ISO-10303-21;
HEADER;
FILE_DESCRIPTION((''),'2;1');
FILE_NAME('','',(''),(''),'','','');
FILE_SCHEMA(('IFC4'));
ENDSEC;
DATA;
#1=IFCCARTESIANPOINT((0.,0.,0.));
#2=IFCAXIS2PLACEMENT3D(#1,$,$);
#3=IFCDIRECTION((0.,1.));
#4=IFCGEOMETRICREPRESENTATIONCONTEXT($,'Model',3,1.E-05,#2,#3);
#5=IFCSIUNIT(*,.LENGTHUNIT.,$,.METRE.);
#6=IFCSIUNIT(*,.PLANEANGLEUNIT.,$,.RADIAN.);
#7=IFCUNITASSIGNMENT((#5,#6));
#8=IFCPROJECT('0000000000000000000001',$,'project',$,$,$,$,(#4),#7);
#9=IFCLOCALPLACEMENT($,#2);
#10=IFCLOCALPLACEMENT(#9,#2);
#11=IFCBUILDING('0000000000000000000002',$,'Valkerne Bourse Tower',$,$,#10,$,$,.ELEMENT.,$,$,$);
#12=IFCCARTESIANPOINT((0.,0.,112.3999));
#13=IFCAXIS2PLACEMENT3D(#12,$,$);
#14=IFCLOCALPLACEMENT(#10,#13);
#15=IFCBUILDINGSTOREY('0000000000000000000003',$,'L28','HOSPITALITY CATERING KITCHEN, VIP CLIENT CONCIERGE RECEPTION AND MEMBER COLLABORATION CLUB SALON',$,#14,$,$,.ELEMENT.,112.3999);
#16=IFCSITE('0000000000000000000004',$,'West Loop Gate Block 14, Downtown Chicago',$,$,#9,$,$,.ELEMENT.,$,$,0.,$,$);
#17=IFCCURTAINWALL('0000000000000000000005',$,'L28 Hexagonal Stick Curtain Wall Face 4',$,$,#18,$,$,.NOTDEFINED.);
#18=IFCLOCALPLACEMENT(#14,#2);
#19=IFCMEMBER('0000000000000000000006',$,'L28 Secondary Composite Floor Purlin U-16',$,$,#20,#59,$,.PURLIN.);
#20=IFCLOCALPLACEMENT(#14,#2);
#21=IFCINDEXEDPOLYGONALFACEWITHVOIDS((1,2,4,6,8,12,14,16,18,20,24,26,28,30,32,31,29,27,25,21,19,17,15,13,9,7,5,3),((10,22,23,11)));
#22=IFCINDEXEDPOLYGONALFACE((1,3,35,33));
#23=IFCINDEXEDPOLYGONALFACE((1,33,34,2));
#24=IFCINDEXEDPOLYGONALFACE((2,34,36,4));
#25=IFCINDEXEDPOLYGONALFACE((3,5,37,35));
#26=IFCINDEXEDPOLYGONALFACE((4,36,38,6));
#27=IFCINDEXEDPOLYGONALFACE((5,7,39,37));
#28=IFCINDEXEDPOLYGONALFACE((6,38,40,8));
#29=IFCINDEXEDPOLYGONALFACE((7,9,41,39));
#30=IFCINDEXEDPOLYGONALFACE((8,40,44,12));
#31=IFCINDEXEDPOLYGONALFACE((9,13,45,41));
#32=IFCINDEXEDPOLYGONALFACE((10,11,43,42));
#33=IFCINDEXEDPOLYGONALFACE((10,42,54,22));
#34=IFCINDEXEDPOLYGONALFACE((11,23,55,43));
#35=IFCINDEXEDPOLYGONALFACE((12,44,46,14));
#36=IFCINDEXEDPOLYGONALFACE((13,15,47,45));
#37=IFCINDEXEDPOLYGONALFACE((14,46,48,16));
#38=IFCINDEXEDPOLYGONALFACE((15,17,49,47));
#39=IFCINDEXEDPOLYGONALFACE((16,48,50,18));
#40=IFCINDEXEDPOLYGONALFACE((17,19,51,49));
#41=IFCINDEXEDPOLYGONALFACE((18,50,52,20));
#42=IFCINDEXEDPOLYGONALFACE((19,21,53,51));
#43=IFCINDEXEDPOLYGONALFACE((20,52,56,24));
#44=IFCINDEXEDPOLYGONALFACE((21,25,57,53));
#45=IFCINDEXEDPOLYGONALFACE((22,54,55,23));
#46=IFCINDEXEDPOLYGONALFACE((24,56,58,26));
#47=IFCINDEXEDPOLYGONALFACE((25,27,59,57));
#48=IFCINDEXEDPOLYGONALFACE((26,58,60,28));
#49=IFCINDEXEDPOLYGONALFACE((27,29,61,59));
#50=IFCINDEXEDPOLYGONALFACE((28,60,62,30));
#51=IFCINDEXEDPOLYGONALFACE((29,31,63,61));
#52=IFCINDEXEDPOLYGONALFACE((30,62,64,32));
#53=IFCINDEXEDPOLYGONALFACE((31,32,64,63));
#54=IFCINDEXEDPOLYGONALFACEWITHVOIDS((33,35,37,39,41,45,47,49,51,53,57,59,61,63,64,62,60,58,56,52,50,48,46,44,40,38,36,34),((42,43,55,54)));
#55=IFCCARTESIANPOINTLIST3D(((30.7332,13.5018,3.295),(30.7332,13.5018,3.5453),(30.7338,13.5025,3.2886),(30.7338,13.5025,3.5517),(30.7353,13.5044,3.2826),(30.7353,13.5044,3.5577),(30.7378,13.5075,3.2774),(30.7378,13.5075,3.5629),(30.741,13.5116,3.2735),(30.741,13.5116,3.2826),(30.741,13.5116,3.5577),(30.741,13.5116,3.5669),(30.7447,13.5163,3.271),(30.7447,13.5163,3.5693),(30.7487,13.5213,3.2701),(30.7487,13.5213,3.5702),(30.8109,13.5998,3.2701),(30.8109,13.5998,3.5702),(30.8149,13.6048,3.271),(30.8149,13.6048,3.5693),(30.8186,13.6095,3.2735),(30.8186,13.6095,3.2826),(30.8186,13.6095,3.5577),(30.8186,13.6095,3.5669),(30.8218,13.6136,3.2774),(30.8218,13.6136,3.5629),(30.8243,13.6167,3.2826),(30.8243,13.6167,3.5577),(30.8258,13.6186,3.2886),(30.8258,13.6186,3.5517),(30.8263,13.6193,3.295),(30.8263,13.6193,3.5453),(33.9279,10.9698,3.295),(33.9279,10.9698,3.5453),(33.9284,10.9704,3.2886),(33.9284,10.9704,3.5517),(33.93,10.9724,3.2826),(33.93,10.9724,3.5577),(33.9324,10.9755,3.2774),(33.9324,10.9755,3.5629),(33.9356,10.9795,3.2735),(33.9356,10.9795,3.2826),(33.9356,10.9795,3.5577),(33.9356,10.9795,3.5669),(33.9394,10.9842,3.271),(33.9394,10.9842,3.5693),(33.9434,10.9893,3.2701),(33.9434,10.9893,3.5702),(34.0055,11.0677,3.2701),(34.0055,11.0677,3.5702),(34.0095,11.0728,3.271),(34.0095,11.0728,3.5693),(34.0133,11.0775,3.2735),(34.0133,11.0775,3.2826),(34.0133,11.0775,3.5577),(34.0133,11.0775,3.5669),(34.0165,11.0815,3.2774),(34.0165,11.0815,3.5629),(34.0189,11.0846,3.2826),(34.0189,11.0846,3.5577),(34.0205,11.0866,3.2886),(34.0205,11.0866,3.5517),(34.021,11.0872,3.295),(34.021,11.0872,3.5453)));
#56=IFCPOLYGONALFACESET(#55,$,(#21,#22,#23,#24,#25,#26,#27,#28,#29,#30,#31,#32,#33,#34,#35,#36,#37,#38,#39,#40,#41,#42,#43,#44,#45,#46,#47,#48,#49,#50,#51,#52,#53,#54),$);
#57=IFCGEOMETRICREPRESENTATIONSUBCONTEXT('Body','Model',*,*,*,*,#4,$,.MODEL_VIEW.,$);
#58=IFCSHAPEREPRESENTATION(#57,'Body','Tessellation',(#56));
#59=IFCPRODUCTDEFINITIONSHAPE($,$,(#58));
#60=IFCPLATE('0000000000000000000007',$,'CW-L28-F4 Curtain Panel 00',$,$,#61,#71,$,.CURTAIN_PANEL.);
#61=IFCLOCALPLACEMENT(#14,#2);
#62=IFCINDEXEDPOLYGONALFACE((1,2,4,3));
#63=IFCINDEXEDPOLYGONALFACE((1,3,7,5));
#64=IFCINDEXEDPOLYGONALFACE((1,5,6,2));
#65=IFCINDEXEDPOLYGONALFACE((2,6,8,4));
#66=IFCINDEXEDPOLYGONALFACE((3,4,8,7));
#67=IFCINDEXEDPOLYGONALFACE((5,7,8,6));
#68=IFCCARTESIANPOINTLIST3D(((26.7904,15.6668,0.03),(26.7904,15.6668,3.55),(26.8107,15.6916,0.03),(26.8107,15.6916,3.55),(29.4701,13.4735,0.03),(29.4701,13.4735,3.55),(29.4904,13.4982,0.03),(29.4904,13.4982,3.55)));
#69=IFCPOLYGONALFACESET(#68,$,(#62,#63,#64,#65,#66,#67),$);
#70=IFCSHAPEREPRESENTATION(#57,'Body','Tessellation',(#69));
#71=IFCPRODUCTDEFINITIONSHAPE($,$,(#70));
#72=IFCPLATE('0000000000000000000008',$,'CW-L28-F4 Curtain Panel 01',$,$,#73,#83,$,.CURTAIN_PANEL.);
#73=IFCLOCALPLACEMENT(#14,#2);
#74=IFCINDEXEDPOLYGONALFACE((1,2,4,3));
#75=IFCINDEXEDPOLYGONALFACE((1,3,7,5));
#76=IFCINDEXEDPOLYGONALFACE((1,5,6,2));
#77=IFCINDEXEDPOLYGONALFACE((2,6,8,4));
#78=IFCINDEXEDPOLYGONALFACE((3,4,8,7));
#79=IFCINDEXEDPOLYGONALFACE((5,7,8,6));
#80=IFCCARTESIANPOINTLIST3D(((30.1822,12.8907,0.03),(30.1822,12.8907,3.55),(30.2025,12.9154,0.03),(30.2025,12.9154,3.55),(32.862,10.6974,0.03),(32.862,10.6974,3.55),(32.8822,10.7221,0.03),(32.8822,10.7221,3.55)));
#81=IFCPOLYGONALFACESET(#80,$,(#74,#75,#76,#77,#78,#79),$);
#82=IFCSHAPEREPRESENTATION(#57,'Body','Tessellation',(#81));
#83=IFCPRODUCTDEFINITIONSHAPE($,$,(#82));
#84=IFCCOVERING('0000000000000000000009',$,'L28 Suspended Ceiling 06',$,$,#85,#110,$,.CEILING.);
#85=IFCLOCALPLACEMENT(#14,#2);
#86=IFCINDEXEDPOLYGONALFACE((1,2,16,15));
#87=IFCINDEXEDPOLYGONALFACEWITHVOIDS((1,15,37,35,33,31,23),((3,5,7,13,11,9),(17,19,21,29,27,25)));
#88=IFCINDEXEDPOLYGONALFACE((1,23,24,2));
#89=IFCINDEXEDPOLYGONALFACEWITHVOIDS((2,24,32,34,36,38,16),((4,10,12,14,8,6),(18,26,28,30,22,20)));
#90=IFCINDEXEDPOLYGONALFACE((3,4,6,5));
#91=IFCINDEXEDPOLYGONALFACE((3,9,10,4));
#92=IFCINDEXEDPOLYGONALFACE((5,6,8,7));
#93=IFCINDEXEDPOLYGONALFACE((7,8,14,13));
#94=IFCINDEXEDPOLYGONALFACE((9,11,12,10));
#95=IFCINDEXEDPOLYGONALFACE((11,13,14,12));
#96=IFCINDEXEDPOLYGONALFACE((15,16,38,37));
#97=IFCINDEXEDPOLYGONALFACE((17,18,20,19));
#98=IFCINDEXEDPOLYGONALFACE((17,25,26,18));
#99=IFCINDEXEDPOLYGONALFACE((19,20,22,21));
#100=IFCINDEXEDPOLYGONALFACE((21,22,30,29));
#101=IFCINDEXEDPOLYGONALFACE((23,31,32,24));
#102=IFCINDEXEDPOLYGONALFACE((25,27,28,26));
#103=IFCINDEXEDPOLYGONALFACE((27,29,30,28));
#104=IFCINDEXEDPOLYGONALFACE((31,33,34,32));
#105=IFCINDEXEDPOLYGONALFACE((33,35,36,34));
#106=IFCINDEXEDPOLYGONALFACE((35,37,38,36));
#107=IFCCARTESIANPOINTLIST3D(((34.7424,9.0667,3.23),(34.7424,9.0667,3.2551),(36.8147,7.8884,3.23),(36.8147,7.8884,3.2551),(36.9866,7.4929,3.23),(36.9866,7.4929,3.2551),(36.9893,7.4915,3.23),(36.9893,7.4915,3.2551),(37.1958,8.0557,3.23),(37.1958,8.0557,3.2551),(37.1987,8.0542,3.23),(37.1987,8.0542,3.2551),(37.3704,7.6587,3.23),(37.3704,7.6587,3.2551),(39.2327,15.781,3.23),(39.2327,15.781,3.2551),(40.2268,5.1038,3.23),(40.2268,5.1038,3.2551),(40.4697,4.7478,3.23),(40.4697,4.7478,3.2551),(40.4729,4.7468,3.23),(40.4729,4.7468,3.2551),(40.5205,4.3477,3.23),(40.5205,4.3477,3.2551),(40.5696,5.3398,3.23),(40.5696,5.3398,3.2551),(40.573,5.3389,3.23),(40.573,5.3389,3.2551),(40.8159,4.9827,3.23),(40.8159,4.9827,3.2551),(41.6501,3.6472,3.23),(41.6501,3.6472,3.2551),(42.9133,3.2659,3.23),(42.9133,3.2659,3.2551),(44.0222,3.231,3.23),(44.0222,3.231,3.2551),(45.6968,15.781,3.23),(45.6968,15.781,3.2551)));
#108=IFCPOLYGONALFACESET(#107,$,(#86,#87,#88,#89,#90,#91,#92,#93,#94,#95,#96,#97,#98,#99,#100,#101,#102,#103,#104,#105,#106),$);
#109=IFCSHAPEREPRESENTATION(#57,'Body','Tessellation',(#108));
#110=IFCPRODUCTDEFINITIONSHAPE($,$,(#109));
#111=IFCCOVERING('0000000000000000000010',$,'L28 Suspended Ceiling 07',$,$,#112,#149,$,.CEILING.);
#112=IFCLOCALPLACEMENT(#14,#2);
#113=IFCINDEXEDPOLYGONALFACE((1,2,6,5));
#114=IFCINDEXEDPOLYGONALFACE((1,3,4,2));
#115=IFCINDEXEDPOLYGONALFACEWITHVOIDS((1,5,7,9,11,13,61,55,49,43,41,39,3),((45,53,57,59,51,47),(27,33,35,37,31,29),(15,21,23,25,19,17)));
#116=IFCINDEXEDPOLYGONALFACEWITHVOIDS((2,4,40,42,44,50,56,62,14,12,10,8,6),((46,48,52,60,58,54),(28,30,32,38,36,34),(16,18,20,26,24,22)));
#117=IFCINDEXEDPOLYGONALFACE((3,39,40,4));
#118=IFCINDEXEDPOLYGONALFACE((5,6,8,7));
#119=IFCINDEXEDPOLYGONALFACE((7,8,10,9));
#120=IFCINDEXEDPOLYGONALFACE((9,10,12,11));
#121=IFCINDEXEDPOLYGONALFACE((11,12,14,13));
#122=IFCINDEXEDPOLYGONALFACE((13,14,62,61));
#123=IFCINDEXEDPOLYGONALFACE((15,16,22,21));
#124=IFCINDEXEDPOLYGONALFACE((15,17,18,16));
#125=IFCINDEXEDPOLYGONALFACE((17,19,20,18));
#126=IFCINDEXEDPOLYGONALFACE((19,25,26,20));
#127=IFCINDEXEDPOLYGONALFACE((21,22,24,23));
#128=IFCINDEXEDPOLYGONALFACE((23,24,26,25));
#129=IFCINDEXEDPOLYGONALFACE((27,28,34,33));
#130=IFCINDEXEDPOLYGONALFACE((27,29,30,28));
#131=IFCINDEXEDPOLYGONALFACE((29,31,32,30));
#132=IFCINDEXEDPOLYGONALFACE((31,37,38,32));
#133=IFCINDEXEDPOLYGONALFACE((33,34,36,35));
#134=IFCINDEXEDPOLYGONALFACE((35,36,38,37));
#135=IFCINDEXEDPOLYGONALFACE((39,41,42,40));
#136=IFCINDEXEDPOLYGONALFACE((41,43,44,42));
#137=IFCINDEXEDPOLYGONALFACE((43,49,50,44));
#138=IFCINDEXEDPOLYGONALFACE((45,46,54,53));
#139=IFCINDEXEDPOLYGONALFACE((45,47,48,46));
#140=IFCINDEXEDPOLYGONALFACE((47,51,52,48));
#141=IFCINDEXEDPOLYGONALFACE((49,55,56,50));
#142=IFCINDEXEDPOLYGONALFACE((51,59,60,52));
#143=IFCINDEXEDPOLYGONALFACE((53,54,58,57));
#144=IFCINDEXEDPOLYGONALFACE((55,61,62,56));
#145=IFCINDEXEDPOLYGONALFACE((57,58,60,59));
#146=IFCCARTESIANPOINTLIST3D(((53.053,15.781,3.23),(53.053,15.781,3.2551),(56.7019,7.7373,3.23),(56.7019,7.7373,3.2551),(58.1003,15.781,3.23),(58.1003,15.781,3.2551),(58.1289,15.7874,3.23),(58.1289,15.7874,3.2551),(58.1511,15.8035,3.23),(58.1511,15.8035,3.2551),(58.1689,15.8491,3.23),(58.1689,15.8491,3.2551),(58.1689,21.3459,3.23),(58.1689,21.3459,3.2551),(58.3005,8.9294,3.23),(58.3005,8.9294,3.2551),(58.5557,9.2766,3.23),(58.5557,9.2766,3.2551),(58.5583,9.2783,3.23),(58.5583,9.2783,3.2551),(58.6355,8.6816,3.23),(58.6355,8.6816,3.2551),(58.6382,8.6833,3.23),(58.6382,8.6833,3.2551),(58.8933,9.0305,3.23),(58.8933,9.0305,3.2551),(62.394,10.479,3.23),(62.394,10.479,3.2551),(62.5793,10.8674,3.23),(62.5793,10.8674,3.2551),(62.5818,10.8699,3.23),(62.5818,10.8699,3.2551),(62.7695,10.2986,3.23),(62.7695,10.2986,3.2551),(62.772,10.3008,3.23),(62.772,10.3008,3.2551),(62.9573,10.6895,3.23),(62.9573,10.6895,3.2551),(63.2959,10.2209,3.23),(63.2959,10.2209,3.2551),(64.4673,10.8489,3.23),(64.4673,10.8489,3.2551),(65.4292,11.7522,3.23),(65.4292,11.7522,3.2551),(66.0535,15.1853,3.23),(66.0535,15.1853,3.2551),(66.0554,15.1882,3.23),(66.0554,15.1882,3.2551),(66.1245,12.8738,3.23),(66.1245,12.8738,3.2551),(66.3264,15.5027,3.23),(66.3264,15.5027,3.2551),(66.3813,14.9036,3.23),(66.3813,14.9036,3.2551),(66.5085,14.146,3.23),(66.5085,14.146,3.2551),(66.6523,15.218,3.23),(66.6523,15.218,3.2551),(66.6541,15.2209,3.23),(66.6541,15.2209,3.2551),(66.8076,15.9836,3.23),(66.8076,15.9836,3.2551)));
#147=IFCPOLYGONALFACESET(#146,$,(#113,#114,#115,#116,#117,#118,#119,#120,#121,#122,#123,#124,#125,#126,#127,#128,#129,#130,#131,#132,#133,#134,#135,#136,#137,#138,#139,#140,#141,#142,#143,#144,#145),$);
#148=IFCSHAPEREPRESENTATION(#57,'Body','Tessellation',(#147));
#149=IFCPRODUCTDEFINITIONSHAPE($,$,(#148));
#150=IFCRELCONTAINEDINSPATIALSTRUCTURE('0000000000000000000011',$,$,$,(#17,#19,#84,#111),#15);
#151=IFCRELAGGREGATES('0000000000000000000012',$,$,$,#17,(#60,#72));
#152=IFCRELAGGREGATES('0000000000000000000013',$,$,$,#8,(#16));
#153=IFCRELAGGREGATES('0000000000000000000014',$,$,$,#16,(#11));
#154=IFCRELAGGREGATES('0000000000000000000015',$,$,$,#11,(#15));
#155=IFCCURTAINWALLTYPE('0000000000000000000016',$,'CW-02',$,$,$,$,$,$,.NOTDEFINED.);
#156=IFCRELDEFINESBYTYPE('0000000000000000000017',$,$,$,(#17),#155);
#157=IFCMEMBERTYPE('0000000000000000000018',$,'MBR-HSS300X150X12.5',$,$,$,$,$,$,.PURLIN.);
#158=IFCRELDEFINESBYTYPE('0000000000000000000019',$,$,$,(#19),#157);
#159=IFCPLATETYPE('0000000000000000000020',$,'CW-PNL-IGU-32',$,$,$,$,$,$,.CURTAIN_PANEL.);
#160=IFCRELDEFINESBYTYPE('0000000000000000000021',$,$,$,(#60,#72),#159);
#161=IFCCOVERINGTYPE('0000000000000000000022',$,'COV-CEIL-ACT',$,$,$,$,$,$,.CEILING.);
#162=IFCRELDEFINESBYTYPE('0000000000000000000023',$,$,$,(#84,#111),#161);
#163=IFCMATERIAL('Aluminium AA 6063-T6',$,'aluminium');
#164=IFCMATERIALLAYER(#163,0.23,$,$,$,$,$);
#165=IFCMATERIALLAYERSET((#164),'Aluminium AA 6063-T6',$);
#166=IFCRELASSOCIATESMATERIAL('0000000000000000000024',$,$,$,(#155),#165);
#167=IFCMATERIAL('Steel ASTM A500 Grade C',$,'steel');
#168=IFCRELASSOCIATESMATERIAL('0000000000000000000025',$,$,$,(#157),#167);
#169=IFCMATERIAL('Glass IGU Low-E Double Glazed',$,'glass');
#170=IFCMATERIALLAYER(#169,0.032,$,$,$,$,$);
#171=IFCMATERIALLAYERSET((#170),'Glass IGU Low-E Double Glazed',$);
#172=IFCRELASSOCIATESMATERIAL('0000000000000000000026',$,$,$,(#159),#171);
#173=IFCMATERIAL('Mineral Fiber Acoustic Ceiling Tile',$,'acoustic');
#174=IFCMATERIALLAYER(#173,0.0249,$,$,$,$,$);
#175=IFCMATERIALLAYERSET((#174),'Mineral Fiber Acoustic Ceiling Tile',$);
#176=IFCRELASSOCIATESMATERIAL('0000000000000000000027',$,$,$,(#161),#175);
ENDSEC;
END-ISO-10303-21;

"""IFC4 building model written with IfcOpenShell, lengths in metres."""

from ifc_helpers import new_model, si_unit, direction, frame, origin, origin_2d, place, context, subcontext, project, spatial, polyline, rectangle, hollow_rectangle, outline, extrude, material, layer, layer_set, material_profile, profile_set, type_object, element, aggregate, save


model = new_model("IFC4")

# Units and contexts
model_context = context("Model", 3, precision=1e-05, world=origin(), true_north=direction((0.0, 1.0)))
body_context = subcontext(model_context, "Body", "Model", "MODEL_VIEW")
ifc_project = project(units=[si_unit("LENGTHUNIT", "METRE"), si_unit("PLANEANGLEUNIT", "RADIAN")], contexts=[model_context])

# Site, building, storey
site_placement = place(None, origin())
site = spatial("IfcSite", under=ifc_project, at=site_placement, Name="West Loop Gate Block 14, Downtown Chicago", CompositionType="ELEMENT", RefElevation=0.0)
building_placement = place(site_placement, origin())
building = spatial("IfcBuilding", under=site, at=building_placement, Name="Valkerne Bourse Tower", CompositionType="ELEMENT")
storey_placement = place(building_placement, frame((0.0, 0.0, 112.3999)))
storey = spatial("IfcBuildingStorey", under=building, at=storey_placement, Name="L28", Description="HOSPITALITY CATERING KITCHEN, VIP CLIENT CONCIERGE RECEPTION AND MEMBER COLLABORATION CLUB SALON", CompositionType="ELEMENT", Elevation=112.3999)

# Curtain wall
ifc_material_1 = material(Name="Aluminium AA 6063-T6", Category="aluminium")
ifc_layer_1 = layer(ifc_material_1, 0.23)
ifc_layer_set_1 = layer_set([ifc_layer_1], Name="Aluminium AA 6063-T6")
curtain_wall_type = type_object("IfcCurtainWallType", Name="CW-02", PredefinedType="NOTDEFINED", material=ifc_layer_set_1)
curtain_wall_placement = place(storey_placement, origin())
curtain_wall = element("IfcCurtainWall", 1, at=curtain_wall_placement, inside=storey, type_object=curtain_wall_type, Name="L28 Hexagonal Stick Curtain Wall Face 4", PredefinedType="NOTDEFINED")

# Member
ifc_material_2 = material(Name="Steel ASTM A500 Grade C", Category="steel")
ifc_material_profile_1 = material_profile(ifc_material_2, hollow_rectangle(XDim=0.1499, YDim=0.3, WallThickness=0.0125, OuterFilletRadius=0.0249, at=origin_2d()), Name="HSS300X150X12.5")
ifc_profile_set_1 = profile_set([ifc_material_profile_1], Name="Steel ASTM A500 Grade C")
member_type_1 = type_object("IfcMemberType", Name="MBR-HSS300X150X12.5", PredefinedType="PURLIN", material=ifc_profile_set_1)
member_1_placement = place(storey_placement, frame((30.7798, 13.5605, 3.4202), z_axis=(0.783695, -0.621146, 0.0), x_axis=(0.621146, 0.783695, 0.0)))
element("IfcMember", 2, at=member_1_placement, inside=storey, type_object=member_type_1, Name="L28 Secondary Composite Floor Purlin U-16", PredefinedType="PURLIN", context=body_context, shape_type="SweptSolid", body=[
    extrude(hollow_rectangle(XDim=0.1499, YDim=0.3, WallThickness=0.0125, OuterFilletRadius=0.0249, at=origin_2d()), origin(), (0.0, 0.0, 1.0), 4.0764),
])

# Plates
ifc_material_3 = material(Name="Glass IGU Low-E Double Glazed", Category="glass")
ifc_layer_2 = layer(ifc_material_3, 0.032)
ifc_layer_set_2 = layer_set([ifc_layer_2], Name="Glass IGU Low-E Double Glazed")
plate_type = type_object("IfcPlateType", Name="CW-PNL-IGU-32", PredefinedType="CURTAIN_PANEL", material=ifc_layer_set_2)
plate_1_placement = place(storey_placement, frame((28.1404, 14.5825, 0.03), z_axis=(0.0, 0.0, 1.0), x_axis=(0.773837, -0.633384, 0.0)))
plate_1 = element("IfcPlate", 3, at=plate_1_placement, type_object=plate_type, Name="CW-L28-F4 Curtain Panel 00", PredefinedType="CURTAIN_PANEL", context=body_context, shape_type="SweptSolid", body=[
    extrude(rectangle(XDim=3.4629, YDim=0.032, at=origin_2d()), origin(), (0.0, 0.0, 1.0), 3.52),
])
plate_2_placement = place(storey_placement, frame((31.5322, 11.8064, 0.03), z_axis=(0.0, 0.0, 1.0), x_axis=(0.773837, -0.633384, 0.0)))
plate_2 = element("IfcPlate", 4, at=plate_2_placement, type_object=plate_type, Name="CW-L28-F4 Curtain Panel 01", PredefinedType="CURTAIN_PANEL", context=body_context, shape_type="SweptSolid", body=[
    extrude(rectangle(XDim=3.4629, YDim=0.032, at=origin_2d()), origin(), (0.0, 0.0, 1.0), 3.52),
])
aggregate(curtain_wall, [plate_1, plate_2])

# Coverings
ifc_material_4 = material(Name="Mineral Fiber Acoustic Ceiling Tile", Category="acoustic")
ifc_layer_3 = layer(ifc_material_4, 0.0249)
ifc_layer_set_3 = layer_set([ifc_layer_3], Name="Mineral Fiber Acoustic Ceiling Tile")
covering_type_1 = type_object("IfcCoveringType", Name="COV-CEIL-ACT", PredefinedType="CEILING", material=ifc_layer_set_3)
covering_1_placement = place(storey_placement, frame((0.0, 0.0, 3.23)))
element("IfcCovering", 5, at=covering_1_placement, inside=storey, type_object=covering_type_1, Name="L28 Suspended Ceiling 06", PredefinedType="CEILING", context=body_context, shape_type="SweptSolid", body=[
    extrude(outline(polyline([(40.5205, 4.3477), (34.7424, 9.0667), (39.2327, 15.781), (45.6968, 15.781), (44.0222, 3.231), (42.9133, 3.2659), (41.6501, 3.6472), (40.5205, 4.3477)]), holes=[polyline([(37.1987, 8.0542), (37.1958, 8.0557), (36.8147, 7.8884), (36.9866, 7.4929), (36.9893, 7.4915), (37.3704, 7.6587), (37.1987, 8.0542)]), polyline([(40.573, 5.3389), (40.5696, 5.3398), (40.2268, 5.1038), (40.4697, 4.7478), (40.4729, 4.7468), (40.8159, 4.9827), (40.573, 5.3389)])]), origin(), (0.0, 0.0, 1.0), 0.0251),
])
covering_2_placement = place(storey_placement, frame((0.0, 0.0, 3.23)))
element("IfcCovering", 6, at=covering_2_placement, inside=storey, type_object=covering_type_1, Name="L28 Suspended Ceiling 07", PredefinedType="CEILING", context=body_context, shape_type="SweptSolid", body=[
    extrude(outline(polyline([(64.4673, 10.8489), (63.2959, 10.2209), (56.7019, 7.7373), (53.053, 15.781), (58.1003, 15.781), (58.1289, 15.7874), (58.1511, 15.8035), (58.1689, 15.8491), (58.1689, 21.3459), (66.8076, 15.9836), (66.5085, 14.146), (66.1245, 12.8738), (65.4292, 11.7522), (64.4673, 10.8489)]), holes=[polyline([(58.6382, 8.6833), (58.8933, 9.0305), (58.5583, 9.2783), (58.5557, 9.2766), (58.3005, 8.9294), (58.6355, 8.6816), (58.6382, 8.6833)]), polyline([(62.772, 10.3008), (62.9573, 10.6895), (62.5818, 10.8699), (62.5793, 10.8674), (62.394, 10.479), (62.7695, 10.2986), (62.772, 10.3008)]), polyline([(66.6541, 15.2209), (66.3264, 15.5027), (66.0554, 15.1882), (66.0535, 15.1853), (66.3813, 14.9036), (66.6523, 15.218), (66.6541, 15.2209)])]), origin(), (0.0, 0.0, 1.0), 0.0251),
])

save(model, "model.ifc")
